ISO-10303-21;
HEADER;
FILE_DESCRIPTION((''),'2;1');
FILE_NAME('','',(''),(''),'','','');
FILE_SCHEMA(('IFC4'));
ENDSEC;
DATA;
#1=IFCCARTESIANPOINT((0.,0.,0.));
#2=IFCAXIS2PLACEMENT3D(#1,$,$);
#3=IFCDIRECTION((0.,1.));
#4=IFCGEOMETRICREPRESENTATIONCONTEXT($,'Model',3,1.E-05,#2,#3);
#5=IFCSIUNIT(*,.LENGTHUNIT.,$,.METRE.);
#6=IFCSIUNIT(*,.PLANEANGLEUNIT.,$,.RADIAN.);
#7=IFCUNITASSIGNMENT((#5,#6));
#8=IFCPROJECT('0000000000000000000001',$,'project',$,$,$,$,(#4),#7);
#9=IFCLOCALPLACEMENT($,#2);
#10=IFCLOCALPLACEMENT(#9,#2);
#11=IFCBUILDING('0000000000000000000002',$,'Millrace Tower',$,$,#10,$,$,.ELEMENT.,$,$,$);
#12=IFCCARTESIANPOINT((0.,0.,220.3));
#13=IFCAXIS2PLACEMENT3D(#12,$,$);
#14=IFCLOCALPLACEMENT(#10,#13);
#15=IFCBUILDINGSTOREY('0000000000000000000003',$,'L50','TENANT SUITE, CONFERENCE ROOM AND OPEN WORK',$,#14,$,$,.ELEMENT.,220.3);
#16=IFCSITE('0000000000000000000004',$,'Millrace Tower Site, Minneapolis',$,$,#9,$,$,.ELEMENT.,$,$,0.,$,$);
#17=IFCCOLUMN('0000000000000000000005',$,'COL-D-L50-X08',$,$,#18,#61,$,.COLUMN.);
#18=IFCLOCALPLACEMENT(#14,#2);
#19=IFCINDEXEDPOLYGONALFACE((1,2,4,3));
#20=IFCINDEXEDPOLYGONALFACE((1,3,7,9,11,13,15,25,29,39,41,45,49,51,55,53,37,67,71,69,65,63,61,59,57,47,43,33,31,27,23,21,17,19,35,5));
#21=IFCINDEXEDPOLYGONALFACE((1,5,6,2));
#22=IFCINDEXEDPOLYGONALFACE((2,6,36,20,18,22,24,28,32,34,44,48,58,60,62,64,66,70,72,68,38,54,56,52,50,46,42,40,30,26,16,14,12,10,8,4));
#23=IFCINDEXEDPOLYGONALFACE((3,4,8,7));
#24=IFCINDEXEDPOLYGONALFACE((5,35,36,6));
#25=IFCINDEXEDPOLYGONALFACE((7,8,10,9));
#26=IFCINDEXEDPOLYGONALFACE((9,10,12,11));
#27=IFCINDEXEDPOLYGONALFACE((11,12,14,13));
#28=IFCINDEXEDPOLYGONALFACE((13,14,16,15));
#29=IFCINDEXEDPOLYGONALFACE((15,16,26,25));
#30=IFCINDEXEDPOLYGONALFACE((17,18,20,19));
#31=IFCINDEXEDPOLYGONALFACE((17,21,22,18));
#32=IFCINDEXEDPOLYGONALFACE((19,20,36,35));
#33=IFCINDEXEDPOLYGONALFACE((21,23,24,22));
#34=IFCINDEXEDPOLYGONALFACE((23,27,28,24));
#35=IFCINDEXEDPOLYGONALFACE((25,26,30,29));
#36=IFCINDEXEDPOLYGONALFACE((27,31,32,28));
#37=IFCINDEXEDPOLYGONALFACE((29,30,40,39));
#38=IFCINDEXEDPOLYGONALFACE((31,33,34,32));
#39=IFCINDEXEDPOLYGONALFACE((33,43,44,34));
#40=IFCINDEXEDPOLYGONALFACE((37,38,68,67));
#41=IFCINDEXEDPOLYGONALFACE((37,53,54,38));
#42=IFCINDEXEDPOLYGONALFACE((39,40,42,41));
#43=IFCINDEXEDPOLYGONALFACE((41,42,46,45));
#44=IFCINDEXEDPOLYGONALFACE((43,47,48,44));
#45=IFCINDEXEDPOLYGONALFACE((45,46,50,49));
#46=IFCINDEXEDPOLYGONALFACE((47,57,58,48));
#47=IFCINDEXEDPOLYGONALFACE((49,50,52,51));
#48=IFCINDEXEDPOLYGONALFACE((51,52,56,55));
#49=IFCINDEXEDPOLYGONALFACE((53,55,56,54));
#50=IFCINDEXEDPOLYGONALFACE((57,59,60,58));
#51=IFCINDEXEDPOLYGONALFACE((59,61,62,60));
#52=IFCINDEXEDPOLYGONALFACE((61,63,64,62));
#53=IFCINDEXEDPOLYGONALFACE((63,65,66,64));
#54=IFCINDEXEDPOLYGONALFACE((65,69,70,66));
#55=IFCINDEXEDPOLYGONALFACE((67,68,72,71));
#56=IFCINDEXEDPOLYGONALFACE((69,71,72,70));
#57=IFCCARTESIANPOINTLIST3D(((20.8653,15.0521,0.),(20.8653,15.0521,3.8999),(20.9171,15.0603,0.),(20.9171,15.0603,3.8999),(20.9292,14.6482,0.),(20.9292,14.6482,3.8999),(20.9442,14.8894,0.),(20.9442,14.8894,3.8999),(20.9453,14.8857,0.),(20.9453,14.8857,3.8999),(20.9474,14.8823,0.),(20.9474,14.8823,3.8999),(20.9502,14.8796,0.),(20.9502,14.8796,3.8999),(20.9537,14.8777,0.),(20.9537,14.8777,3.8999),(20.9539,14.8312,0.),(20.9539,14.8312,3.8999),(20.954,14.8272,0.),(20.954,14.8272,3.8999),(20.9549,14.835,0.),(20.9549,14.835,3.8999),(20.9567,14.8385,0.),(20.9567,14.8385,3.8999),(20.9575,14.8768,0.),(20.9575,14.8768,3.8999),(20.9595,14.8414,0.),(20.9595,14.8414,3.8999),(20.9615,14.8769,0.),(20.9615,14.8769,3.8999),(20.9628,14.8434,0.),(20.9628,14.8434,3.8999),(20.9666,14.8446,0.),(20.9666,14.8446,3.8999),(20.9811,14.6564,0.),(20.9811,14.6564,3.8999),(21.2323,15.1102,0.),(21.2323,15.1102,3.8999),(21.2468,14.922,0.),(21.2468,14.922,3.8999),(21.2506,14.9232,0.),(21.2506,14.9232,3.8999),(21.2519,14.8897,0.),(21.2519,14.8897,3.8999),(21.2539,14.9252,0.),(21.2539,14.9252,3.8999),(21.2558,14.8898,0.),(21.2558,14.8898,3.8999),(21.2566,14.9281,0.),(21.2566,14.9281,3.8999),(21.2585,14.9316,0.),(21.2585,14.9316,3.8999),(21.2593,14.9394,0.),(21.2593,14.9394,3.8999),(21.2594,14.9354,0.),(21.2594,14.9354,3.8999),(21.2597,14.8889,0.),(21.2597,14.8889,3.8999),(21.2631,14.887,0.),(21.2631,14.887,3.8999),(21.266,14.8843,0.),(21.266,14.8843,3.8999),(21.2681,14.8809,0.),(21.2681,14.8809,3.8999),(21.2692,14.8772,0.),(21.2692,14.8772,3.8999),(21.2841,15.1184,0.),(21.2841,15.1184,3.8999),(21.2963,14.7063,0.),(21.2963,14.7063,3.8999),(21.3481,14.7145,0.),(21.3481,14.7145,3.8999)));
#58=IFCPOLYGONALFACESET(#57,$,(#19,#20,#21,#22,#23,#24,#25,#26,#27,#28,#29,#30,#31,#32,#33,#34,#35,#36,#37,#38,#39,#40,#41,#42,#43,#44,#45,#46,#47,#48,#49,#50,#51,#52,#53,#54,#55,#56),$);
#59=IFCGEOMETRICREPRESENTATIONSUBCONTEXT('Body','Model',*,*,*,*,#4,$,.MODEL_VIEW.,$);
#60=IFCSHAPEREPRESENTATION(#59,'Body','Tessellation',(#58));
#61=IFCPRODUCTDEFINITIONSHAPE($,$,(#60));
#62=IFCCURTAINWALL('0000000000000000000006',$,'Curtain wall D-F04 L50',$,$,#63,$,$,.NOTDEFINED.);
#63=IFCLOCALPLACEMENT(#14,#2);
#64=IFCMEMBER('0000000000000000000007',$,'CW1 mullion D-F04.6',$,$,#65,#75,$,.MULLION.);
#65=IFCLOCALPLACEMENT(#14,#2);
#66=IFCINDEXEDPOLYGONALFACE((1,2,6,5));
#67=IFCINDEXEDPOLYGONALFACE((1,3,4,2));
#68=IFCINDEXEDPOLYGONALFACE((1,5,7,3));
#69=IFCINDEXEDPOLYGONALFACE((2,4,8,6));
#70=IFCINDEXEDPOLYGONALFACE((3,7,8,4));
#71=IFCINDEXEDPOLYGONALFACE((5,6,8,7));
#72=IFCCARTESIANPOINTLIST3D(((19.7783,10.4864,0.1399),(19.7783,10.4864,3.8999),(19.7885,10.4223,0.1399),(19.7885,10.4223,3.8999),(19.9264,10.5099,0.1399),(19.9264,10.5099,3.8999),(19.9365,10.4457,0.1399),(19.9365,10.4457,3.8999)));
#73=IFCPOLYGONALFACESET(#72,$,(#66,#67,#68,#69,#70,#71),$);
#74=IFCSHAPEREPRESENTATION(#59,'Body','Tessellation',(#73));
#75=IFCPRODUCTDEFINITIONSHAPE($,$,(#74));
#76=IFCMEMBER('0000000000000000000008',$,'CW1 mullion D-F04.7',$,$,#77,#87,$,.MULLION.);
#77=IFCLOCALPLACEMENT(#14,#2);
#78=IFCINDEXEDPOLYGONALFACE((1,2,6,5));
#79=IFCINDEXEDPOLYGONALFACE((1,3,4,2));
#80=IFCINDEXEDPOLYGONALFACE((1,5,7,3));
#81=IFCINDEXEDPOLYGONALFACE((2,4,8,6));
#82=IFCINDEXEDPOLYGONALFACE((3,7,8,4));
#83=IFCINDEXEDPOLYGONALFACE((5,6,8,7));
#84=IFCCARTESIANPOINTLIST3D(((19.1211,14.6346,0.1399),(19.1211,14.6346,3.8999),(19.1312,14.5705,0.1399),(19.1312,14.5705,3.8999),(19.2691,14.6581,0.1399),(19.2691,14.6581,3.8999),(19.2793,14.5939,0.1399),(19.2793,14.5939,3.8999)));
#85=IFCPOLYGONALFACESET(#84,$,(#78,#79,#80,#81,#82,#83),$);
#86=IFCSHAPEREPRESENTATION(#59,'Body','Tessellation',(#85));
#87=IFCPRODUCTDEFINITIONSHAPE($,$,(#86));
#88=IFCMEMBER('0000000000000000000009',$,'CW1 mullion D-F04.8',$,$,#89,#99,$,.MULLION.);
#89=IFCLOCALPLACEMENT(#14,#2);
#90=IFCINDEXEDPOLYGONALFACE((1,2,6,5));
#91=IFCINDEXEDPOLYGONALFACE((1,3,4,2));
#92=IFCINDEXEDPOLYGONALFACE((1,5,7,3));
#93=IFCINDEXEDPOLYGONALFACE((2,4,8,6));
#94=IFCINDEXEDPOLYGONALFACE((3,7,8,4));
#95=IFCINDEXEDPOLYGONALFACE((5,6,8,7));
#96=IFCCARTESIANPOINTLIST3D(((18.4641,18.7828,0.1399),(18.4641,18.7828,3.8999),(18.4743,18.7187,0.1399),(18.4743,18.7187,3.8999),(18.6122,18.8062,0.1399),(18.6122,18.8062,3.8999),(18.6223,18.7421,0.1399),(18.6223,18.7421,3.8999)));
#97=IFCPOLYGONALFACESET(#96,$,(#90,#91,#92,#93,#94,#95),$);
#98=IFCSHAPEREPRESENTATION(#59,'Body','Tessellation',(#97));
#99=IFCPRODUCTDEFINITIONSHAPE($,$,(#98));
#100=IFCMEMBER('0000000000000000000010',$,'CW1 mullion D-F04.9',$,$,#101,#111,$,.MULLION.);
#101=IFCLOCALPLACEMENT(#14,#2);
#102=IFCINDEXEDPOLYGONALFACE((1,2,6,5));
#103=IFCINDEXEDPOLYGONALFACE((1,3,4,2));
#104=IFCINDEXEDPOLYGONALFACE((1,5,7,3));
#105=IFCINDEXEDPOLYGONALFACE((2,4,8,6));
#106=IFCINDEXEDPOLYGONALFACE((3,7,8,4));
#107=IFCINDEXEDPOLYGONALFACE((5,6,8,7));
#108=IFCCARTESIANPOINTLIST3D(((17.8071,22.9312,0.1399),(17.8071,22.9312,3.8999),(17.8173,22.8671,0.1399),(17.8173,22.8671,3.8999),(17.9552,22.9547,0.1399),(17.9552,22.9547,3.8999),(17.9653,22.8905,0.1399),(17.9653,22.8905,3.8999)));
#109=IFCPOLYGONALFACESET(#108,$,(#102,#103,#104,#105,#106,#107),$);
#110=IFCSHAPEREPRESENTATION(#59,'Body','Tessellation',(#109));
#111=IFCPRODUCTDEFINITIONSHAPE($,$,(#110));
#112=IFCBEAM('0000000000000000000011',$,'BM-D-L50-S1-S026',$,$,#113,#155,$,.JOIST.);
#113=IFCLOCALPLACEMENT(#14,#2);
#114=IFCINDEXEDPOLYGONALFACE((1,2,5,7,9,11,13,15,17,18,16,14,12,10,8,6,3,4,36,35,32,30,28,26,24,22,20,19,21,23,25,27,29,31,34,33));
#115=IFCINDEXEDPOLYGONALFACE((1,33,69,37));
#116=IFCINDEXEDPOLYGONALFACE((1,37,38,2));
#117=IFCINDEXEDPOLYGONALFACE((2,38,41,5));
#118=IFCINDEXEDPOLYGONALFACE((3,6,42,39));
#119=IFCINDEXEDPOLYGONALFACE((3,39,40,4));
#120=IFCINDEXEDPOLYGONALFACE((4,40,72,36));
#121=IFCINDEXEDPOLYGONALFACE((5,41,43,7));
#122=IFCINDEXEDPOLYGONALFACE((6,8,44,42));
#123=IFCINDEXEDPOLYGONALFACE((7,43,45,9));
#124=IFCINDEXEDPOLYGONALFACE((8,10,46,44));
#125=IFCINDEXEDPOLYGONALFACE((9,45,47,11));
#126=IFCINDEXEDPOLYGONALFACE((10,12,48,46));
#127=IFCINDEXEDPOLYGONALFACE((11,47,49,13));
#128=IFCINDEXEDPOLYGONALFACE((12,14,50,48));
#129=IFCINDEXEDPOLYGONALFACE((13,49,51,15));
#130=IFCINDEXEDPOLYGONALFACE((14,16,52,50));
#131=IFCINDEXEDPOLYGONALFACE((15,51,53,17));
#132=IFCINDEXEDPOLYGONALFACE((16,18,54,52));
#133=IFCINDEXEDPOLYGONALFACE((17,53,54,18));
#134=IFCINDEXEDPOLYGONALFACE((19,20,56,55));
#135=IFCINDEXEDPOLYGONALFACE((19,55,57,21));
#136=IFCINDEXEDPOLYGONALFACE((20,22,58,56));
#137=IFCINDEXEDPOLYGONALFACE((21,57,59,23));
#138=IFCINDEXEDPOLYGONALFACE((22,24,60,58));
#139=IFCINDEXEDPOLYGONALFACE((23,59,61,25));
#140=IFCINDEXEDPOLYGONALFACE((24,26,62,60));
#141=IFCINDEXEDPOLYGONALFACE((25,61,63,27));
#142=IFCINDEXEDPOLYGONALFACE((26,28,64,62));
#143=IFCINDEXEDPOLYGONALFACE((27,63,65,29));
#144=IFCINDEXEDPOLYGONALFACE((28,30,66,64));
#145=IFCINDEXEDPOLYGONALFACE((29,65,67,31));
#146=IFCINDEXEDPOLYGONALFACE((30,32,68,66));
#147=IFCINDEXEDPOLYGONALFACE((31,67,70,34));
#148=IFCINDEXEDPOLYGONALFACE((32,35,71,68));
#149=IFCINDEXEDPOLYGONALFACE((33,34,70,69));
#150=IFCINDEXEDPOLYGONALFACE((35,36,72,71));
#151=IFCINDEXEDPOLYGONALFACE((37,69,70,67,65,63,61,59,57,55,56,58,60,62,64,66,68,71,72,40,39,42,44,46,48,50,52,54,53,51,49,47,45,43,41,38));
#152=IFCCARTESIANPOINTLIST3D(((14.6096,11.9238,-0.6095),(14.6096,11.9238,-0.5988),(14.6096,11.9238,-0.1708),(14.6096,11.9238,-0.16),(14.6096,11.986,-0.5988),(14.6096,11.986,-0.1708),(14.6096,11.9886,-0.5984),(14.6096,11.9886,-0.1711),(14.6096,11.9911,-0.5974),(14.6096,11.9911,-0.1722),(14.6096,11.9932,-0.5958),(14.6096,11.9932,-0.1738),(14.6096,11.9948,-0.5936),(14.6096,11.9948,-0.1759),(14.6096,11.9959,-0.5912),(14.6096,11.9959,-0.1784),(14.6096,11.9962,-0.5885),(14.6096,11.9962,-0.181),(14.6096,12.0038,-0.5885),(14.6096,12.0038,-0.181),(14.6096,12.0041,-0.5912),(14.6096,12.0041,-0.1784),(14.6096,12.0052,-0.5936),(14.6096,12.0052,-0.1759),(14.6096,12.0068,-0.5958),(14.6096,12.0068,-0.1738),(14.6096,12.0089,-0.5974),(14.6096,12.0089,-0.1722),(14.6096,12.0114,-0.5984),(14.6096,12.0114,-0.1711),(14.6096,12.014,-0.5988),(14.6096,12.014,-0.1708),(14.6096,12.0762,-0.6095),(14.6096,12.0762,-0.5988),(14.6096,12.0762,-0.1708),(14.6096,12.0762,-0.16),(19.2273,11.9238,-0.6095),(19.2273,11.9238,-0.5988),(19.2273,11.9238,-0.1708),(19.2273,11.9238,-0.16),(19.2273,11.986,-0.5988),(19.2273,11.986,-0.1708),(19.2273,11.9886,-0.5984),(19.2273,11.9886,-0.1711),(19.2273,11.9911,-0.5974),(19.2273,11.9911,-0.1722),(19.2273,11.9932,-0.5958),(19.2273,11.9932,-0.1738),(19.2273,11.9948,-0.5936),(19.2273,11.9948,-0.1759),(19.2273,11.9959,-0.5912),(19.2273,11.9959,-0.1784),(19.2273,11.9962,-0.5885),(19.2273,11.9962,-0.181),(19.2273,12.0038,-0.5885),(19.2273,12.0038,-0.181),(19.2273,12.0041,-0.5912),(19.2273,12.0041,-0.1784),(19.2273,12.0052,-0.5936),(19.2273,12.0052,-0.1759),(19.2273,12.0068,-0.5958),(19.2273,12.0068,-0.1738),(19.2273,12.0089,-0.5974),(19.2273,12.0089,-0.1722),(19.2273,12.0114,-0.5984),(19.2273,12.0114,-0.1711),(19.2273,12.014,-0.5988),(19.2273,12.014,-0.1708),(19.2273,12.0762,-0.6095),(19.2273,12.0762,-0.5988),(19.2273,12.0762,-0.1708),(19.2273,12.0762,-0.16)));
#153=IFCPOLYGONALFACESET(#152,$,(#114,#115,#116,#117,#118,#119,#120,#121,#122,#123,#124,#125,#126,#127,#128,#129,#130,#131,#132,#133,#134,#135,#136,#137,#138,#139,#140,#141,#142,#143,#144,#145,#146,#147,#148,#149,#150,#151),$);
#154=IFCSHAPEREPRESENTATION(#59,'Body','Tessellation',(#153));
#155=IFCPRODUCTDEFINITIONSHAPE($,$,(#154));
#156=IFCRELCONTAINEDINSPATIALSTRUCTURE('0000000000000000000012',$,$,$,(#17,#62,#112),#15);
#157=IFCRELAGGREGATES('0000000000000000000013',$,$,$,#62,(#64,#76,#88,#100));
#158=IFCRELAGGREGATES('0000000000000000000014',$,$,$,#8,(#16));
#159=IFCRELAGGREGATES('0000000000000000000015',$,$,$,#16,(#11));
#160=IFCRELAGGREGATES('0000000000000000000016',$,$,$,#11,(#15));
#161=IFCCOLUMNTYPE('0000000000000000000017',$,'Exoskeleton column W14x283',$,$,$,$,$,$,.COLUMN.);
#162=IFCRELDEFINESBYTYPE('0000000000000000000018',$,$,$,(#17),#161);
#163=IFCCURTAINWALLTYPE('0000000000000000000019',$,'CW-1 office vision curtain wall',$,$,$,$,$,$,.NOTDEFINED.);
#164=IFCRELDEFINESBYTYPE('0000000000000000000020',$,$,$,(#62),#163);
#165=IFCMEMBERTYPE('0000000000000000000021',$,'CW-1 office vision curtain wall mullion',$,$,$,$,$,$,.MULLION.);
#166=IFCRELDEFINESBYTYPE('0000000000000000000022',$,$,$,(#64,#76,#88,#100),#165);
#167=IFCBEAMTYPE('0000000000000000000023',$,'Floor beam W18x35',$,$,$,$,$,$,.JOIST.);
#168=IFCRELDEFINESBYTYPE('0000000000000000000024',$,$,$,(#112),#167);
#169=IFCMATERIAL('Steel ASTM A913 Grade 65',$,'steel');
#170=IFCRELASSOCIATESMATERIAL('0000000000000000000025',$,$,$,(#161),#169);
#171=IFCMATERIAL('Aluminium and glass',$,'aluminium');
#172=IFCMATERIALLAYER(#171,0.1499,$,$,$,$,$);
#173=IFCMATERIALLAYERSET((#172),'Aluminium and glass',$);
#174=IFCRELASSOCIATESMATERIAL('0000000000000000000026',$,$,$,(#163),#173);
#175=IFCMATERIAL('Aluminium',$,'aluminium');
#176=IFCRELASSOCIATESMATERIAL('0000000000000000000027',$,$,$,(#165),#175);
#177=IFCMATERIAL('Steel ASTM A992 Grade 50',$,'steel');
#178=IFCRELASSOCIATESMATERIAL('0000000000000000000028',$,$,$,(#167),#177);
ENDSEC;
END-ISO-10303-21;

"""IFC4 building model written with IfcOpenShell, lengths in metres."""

from ifc_helpers import new_model, si_unit, direction, frame, origin, origin_2d, place, context, subcontext, project, spatial, rectangle, i_section, extrude, material, layer, layer_set, material_profile, profile_set, type_object, element, aggregate, save


model = new_model("IFC4")

# Units and contexts
model_context = context("Model", 3, precision=1e-05, world=origin(), true_north=direction((0.0, 1.0)))
body_context = subcontext(model_context, "Body", "Model", "MODEL_VIEW")
ifc_project = project(units=[si_unit("LENGTHUNIT", "METRE"), si_unit("PLANEANGLEUNIT", "RADIAN")], contexts=[model_context])

# Site, building, storey
site_placement = place(None, origin())
site = spatial("IfcSite", under=ifc_project, at=site_placement, Name="Millrace Tower Site, Minneapolis", CompositionType="ELEMENT", RefElevation=0.0)
building_placement = place(site_placement, origin())
building = spatial("IfcBuilding", under=site, at=building_placement, Name="Millrace Tower", CompositionType="ELEMENT")
storey_placement = place(building_placement, frame((0.0, 0.0, 220.3)))
storey = spatial("IfcBuildingStorey", under=building, at=storey_placement, Name="L50", Description="TENANT SUITE, CONFERENCE ROOM AND OPEN WORK", CompositionType="ELEMENT", Elevation=220.3)

# Column
ifc_material_1 = material(Name="Steel ASTM A913 Grade 65", Category="steel")
ifc_material_profile_1 = material_profile(ifc_material_1, i_section(OverallWidth=0.4089, OverallDepth=0.4241, WebThickness=0.0327, FlangeThickness=0.0525, FilletRadius=0.0151, at=origin_2d()))
ifc_profile_set_1 = profile_set([ifc_material_profile_1], Name="Steel ASTM A913 Grade 65")
column_type = type_object("IfcColumnType", Name="Exoskeleton column W14x283", PredefinedType="COLUMN", material=ifc_profile_set_1)
column_placement = place(storey_placement, frame((21.1067, 14.8833, 0.0), z_axis=(0.0, 0.0, 1.0), x_axis=(-0.156434, 0.987688, 0.0)))
element("IfcColumn", 1, at=column_placement, inside=storey, type_object=column_type, Name="COL-D-L50-X08", PredefinedType="COLUMN", context=body_context, shape_type="SweptSolid", body=[
    extrude(i_section(OverallWidth=0.4089, OverallDepth=0.4241, WebThickness=0.0327, FlangeThickness=0.0525, FilletRadius=0.0151, at=origin_2d()), origin(), (0.0, 0.0, 1.0), 3.8999),
])

# Curtain wall, members
ifc_material_2 = material(Name="Aluminium and glass", Category="aluminium")
ifc_layer_1 = layer(ifc_material_2, 0.1499)
ifc_layer_set_1 = layer_set([ifc_layer_1], Name="Aluminium and glass")
curtain_wall_type = type_object("IfcCurtainWallType", Name="CW-1 office vision curtain wall", PredefinedType="NOTDEFINED", material=ifc_layer_set_1)
curtain_wall_placement = place(storey_placement, origin())
curtain_wall = element("IfcCurtainWall", 2, at=curtain_wall_placement, inside=storey, type_object=curtain_wall_type, Name="Curtain wall D-F04 L50", PredefinedType="NOTDEFINED")
ifc_material_3 = material(Name="Aluminium", Category="aluminium")
ifc_material_profile_2 = material_profile(ifc_material_3, rectangle(XDim=0.0649, YDim=0.1499, at=origin_2d()))
ifc_profile_set_2 = profile_set([ifc_material_profile_2], Name="Aluminium")
member_type = type_object("IfcMemberType", Name="CW-1 office vision curtain wall mullion", PredefinedType="MULLION", material=ifc_profile_set_2)
member_1_placement = place(storey_placement, frame((19.8574, 10.4661, 0.1399), z_axis=(0.0, 0.0, 1.0), x_axis=(-0.156434, 0.987688, 0.0)))
member_1 = element("IfcMember", 3, at=member_1_placement, type_object=member_type, Name="CW1 mullion D-F04.6", PredefinedType="MULLION", context=body_context, shape_type="SweptSolid", body=[
    extrude(rectangle(XDim=0.0649, YDim=0.1499, at=origin_2d()), origin(), (0.0, 0.0, 1.0), 3.76),
])
member_2_placement = place(storey_placement, frame((19.2002, 14.6143, 0.1399), z_axis=(0.0, 0.0, 1.0), x_axis=(-0.156434, 0.987688, 0.0)))
member_2 = element("IfcMember", 4, at=member_2_placement, type_object=member_type, Name="CW1 mullion D-F04.7", PredefinedType="MULLION", context=body_context, shape_type="SweptSolid", body=[
    extrude(rectangle(XDim=0.0649, YDim=0.1499, at=origin_2d()), origin(), (0.0, 0.0, 1.0), 3.76),
])
member_3_placement = place(storey_placement, frame((18.5432, 18.7625, 0.1399), z_axis=(0.0, 0.0, 1.0), x_axis=(-0.156434, 0.987688, 0.0)))
member_3 = element("IfcMember", 5, at=member_3_placement, type_object=member_type, Name="CW1 mullion D-F04.8", PredefinedType="MULLION", context=body_context, shape_type="SweptSolid", body=[
    extrude(rectangle(XDim=0.0649, YDim=0.1499, at=origin_2d()), origin(), (0.0, 0.0, 1.0), 3.76),
])
member_4_placement = place(storey_placement, frame((17.8862, 22.9109, 0.1399), z_axis=(0.0, 0.0, 1.0), x_axis=(-0.156434, 0.987688, 0.0)))
member_4 = element("IfcMember", 6, at=member_4_placement, type_object=member_type, Name="CW1 mullion D-F04.9", PredefinedType="MULLION", context=body_context, shape_type="SweptSolid", body=[
    extrude(rectangle(XDim=0.0649, YDim=0.1499, at=origin_2d()), origin(), (0.0, 0.0, 1.0), 3.76),
])
aggregate(curtain_wall, [member_1, member_2, member_3, member_4])

# Beam
ifc_material_4 = material(Name="Steel ASTM A992 Grade 50", Category="steel")
ifc_material_profile_3 = material_profile(ifc_material_4, i_section(OverallWidth=0.1523, OverallDepth=0.4495, WebThickness=0.0076, FlangeThickness=0.0107, FilletRadius=0.0103, at=origin_2d()))
ifc_profile_set_3 = profile_set([ifc_material_profile_3], Name="Steel ASTM A992 Grade 50")
beam_type_1 = type_object("IfcBeamType", Name="Floor beam W18x35", PredefinedType="JOIST", material=ifc_profile_set_3)
beam_1_placement = place(storey_placement, frame((14.6096, 12.0, -0.3848), z_axis=(1.0, 0.0, 0.0), x_axis=(0.0, 1.0, 0.0)))
element("IfcBeam", 7, at=beam_1_placement, inside=storey, type_object=beam_type_1, Name="BM-D-L50-S1-S026", PredefinedType="JOIST", context=body_context, shape_type="SweptSolid", body=[
    extrude(i_section(OverallWidth=0.1523, OverallDepth=0.4495, WebThickness=0.0076, FlangeThickness=0.0107, FilletRadius=0.0103, at=origin_2d()), origin(), (0.0, 0.0, 1.0), 4.6177),
])

save(model, "model.ifc")
